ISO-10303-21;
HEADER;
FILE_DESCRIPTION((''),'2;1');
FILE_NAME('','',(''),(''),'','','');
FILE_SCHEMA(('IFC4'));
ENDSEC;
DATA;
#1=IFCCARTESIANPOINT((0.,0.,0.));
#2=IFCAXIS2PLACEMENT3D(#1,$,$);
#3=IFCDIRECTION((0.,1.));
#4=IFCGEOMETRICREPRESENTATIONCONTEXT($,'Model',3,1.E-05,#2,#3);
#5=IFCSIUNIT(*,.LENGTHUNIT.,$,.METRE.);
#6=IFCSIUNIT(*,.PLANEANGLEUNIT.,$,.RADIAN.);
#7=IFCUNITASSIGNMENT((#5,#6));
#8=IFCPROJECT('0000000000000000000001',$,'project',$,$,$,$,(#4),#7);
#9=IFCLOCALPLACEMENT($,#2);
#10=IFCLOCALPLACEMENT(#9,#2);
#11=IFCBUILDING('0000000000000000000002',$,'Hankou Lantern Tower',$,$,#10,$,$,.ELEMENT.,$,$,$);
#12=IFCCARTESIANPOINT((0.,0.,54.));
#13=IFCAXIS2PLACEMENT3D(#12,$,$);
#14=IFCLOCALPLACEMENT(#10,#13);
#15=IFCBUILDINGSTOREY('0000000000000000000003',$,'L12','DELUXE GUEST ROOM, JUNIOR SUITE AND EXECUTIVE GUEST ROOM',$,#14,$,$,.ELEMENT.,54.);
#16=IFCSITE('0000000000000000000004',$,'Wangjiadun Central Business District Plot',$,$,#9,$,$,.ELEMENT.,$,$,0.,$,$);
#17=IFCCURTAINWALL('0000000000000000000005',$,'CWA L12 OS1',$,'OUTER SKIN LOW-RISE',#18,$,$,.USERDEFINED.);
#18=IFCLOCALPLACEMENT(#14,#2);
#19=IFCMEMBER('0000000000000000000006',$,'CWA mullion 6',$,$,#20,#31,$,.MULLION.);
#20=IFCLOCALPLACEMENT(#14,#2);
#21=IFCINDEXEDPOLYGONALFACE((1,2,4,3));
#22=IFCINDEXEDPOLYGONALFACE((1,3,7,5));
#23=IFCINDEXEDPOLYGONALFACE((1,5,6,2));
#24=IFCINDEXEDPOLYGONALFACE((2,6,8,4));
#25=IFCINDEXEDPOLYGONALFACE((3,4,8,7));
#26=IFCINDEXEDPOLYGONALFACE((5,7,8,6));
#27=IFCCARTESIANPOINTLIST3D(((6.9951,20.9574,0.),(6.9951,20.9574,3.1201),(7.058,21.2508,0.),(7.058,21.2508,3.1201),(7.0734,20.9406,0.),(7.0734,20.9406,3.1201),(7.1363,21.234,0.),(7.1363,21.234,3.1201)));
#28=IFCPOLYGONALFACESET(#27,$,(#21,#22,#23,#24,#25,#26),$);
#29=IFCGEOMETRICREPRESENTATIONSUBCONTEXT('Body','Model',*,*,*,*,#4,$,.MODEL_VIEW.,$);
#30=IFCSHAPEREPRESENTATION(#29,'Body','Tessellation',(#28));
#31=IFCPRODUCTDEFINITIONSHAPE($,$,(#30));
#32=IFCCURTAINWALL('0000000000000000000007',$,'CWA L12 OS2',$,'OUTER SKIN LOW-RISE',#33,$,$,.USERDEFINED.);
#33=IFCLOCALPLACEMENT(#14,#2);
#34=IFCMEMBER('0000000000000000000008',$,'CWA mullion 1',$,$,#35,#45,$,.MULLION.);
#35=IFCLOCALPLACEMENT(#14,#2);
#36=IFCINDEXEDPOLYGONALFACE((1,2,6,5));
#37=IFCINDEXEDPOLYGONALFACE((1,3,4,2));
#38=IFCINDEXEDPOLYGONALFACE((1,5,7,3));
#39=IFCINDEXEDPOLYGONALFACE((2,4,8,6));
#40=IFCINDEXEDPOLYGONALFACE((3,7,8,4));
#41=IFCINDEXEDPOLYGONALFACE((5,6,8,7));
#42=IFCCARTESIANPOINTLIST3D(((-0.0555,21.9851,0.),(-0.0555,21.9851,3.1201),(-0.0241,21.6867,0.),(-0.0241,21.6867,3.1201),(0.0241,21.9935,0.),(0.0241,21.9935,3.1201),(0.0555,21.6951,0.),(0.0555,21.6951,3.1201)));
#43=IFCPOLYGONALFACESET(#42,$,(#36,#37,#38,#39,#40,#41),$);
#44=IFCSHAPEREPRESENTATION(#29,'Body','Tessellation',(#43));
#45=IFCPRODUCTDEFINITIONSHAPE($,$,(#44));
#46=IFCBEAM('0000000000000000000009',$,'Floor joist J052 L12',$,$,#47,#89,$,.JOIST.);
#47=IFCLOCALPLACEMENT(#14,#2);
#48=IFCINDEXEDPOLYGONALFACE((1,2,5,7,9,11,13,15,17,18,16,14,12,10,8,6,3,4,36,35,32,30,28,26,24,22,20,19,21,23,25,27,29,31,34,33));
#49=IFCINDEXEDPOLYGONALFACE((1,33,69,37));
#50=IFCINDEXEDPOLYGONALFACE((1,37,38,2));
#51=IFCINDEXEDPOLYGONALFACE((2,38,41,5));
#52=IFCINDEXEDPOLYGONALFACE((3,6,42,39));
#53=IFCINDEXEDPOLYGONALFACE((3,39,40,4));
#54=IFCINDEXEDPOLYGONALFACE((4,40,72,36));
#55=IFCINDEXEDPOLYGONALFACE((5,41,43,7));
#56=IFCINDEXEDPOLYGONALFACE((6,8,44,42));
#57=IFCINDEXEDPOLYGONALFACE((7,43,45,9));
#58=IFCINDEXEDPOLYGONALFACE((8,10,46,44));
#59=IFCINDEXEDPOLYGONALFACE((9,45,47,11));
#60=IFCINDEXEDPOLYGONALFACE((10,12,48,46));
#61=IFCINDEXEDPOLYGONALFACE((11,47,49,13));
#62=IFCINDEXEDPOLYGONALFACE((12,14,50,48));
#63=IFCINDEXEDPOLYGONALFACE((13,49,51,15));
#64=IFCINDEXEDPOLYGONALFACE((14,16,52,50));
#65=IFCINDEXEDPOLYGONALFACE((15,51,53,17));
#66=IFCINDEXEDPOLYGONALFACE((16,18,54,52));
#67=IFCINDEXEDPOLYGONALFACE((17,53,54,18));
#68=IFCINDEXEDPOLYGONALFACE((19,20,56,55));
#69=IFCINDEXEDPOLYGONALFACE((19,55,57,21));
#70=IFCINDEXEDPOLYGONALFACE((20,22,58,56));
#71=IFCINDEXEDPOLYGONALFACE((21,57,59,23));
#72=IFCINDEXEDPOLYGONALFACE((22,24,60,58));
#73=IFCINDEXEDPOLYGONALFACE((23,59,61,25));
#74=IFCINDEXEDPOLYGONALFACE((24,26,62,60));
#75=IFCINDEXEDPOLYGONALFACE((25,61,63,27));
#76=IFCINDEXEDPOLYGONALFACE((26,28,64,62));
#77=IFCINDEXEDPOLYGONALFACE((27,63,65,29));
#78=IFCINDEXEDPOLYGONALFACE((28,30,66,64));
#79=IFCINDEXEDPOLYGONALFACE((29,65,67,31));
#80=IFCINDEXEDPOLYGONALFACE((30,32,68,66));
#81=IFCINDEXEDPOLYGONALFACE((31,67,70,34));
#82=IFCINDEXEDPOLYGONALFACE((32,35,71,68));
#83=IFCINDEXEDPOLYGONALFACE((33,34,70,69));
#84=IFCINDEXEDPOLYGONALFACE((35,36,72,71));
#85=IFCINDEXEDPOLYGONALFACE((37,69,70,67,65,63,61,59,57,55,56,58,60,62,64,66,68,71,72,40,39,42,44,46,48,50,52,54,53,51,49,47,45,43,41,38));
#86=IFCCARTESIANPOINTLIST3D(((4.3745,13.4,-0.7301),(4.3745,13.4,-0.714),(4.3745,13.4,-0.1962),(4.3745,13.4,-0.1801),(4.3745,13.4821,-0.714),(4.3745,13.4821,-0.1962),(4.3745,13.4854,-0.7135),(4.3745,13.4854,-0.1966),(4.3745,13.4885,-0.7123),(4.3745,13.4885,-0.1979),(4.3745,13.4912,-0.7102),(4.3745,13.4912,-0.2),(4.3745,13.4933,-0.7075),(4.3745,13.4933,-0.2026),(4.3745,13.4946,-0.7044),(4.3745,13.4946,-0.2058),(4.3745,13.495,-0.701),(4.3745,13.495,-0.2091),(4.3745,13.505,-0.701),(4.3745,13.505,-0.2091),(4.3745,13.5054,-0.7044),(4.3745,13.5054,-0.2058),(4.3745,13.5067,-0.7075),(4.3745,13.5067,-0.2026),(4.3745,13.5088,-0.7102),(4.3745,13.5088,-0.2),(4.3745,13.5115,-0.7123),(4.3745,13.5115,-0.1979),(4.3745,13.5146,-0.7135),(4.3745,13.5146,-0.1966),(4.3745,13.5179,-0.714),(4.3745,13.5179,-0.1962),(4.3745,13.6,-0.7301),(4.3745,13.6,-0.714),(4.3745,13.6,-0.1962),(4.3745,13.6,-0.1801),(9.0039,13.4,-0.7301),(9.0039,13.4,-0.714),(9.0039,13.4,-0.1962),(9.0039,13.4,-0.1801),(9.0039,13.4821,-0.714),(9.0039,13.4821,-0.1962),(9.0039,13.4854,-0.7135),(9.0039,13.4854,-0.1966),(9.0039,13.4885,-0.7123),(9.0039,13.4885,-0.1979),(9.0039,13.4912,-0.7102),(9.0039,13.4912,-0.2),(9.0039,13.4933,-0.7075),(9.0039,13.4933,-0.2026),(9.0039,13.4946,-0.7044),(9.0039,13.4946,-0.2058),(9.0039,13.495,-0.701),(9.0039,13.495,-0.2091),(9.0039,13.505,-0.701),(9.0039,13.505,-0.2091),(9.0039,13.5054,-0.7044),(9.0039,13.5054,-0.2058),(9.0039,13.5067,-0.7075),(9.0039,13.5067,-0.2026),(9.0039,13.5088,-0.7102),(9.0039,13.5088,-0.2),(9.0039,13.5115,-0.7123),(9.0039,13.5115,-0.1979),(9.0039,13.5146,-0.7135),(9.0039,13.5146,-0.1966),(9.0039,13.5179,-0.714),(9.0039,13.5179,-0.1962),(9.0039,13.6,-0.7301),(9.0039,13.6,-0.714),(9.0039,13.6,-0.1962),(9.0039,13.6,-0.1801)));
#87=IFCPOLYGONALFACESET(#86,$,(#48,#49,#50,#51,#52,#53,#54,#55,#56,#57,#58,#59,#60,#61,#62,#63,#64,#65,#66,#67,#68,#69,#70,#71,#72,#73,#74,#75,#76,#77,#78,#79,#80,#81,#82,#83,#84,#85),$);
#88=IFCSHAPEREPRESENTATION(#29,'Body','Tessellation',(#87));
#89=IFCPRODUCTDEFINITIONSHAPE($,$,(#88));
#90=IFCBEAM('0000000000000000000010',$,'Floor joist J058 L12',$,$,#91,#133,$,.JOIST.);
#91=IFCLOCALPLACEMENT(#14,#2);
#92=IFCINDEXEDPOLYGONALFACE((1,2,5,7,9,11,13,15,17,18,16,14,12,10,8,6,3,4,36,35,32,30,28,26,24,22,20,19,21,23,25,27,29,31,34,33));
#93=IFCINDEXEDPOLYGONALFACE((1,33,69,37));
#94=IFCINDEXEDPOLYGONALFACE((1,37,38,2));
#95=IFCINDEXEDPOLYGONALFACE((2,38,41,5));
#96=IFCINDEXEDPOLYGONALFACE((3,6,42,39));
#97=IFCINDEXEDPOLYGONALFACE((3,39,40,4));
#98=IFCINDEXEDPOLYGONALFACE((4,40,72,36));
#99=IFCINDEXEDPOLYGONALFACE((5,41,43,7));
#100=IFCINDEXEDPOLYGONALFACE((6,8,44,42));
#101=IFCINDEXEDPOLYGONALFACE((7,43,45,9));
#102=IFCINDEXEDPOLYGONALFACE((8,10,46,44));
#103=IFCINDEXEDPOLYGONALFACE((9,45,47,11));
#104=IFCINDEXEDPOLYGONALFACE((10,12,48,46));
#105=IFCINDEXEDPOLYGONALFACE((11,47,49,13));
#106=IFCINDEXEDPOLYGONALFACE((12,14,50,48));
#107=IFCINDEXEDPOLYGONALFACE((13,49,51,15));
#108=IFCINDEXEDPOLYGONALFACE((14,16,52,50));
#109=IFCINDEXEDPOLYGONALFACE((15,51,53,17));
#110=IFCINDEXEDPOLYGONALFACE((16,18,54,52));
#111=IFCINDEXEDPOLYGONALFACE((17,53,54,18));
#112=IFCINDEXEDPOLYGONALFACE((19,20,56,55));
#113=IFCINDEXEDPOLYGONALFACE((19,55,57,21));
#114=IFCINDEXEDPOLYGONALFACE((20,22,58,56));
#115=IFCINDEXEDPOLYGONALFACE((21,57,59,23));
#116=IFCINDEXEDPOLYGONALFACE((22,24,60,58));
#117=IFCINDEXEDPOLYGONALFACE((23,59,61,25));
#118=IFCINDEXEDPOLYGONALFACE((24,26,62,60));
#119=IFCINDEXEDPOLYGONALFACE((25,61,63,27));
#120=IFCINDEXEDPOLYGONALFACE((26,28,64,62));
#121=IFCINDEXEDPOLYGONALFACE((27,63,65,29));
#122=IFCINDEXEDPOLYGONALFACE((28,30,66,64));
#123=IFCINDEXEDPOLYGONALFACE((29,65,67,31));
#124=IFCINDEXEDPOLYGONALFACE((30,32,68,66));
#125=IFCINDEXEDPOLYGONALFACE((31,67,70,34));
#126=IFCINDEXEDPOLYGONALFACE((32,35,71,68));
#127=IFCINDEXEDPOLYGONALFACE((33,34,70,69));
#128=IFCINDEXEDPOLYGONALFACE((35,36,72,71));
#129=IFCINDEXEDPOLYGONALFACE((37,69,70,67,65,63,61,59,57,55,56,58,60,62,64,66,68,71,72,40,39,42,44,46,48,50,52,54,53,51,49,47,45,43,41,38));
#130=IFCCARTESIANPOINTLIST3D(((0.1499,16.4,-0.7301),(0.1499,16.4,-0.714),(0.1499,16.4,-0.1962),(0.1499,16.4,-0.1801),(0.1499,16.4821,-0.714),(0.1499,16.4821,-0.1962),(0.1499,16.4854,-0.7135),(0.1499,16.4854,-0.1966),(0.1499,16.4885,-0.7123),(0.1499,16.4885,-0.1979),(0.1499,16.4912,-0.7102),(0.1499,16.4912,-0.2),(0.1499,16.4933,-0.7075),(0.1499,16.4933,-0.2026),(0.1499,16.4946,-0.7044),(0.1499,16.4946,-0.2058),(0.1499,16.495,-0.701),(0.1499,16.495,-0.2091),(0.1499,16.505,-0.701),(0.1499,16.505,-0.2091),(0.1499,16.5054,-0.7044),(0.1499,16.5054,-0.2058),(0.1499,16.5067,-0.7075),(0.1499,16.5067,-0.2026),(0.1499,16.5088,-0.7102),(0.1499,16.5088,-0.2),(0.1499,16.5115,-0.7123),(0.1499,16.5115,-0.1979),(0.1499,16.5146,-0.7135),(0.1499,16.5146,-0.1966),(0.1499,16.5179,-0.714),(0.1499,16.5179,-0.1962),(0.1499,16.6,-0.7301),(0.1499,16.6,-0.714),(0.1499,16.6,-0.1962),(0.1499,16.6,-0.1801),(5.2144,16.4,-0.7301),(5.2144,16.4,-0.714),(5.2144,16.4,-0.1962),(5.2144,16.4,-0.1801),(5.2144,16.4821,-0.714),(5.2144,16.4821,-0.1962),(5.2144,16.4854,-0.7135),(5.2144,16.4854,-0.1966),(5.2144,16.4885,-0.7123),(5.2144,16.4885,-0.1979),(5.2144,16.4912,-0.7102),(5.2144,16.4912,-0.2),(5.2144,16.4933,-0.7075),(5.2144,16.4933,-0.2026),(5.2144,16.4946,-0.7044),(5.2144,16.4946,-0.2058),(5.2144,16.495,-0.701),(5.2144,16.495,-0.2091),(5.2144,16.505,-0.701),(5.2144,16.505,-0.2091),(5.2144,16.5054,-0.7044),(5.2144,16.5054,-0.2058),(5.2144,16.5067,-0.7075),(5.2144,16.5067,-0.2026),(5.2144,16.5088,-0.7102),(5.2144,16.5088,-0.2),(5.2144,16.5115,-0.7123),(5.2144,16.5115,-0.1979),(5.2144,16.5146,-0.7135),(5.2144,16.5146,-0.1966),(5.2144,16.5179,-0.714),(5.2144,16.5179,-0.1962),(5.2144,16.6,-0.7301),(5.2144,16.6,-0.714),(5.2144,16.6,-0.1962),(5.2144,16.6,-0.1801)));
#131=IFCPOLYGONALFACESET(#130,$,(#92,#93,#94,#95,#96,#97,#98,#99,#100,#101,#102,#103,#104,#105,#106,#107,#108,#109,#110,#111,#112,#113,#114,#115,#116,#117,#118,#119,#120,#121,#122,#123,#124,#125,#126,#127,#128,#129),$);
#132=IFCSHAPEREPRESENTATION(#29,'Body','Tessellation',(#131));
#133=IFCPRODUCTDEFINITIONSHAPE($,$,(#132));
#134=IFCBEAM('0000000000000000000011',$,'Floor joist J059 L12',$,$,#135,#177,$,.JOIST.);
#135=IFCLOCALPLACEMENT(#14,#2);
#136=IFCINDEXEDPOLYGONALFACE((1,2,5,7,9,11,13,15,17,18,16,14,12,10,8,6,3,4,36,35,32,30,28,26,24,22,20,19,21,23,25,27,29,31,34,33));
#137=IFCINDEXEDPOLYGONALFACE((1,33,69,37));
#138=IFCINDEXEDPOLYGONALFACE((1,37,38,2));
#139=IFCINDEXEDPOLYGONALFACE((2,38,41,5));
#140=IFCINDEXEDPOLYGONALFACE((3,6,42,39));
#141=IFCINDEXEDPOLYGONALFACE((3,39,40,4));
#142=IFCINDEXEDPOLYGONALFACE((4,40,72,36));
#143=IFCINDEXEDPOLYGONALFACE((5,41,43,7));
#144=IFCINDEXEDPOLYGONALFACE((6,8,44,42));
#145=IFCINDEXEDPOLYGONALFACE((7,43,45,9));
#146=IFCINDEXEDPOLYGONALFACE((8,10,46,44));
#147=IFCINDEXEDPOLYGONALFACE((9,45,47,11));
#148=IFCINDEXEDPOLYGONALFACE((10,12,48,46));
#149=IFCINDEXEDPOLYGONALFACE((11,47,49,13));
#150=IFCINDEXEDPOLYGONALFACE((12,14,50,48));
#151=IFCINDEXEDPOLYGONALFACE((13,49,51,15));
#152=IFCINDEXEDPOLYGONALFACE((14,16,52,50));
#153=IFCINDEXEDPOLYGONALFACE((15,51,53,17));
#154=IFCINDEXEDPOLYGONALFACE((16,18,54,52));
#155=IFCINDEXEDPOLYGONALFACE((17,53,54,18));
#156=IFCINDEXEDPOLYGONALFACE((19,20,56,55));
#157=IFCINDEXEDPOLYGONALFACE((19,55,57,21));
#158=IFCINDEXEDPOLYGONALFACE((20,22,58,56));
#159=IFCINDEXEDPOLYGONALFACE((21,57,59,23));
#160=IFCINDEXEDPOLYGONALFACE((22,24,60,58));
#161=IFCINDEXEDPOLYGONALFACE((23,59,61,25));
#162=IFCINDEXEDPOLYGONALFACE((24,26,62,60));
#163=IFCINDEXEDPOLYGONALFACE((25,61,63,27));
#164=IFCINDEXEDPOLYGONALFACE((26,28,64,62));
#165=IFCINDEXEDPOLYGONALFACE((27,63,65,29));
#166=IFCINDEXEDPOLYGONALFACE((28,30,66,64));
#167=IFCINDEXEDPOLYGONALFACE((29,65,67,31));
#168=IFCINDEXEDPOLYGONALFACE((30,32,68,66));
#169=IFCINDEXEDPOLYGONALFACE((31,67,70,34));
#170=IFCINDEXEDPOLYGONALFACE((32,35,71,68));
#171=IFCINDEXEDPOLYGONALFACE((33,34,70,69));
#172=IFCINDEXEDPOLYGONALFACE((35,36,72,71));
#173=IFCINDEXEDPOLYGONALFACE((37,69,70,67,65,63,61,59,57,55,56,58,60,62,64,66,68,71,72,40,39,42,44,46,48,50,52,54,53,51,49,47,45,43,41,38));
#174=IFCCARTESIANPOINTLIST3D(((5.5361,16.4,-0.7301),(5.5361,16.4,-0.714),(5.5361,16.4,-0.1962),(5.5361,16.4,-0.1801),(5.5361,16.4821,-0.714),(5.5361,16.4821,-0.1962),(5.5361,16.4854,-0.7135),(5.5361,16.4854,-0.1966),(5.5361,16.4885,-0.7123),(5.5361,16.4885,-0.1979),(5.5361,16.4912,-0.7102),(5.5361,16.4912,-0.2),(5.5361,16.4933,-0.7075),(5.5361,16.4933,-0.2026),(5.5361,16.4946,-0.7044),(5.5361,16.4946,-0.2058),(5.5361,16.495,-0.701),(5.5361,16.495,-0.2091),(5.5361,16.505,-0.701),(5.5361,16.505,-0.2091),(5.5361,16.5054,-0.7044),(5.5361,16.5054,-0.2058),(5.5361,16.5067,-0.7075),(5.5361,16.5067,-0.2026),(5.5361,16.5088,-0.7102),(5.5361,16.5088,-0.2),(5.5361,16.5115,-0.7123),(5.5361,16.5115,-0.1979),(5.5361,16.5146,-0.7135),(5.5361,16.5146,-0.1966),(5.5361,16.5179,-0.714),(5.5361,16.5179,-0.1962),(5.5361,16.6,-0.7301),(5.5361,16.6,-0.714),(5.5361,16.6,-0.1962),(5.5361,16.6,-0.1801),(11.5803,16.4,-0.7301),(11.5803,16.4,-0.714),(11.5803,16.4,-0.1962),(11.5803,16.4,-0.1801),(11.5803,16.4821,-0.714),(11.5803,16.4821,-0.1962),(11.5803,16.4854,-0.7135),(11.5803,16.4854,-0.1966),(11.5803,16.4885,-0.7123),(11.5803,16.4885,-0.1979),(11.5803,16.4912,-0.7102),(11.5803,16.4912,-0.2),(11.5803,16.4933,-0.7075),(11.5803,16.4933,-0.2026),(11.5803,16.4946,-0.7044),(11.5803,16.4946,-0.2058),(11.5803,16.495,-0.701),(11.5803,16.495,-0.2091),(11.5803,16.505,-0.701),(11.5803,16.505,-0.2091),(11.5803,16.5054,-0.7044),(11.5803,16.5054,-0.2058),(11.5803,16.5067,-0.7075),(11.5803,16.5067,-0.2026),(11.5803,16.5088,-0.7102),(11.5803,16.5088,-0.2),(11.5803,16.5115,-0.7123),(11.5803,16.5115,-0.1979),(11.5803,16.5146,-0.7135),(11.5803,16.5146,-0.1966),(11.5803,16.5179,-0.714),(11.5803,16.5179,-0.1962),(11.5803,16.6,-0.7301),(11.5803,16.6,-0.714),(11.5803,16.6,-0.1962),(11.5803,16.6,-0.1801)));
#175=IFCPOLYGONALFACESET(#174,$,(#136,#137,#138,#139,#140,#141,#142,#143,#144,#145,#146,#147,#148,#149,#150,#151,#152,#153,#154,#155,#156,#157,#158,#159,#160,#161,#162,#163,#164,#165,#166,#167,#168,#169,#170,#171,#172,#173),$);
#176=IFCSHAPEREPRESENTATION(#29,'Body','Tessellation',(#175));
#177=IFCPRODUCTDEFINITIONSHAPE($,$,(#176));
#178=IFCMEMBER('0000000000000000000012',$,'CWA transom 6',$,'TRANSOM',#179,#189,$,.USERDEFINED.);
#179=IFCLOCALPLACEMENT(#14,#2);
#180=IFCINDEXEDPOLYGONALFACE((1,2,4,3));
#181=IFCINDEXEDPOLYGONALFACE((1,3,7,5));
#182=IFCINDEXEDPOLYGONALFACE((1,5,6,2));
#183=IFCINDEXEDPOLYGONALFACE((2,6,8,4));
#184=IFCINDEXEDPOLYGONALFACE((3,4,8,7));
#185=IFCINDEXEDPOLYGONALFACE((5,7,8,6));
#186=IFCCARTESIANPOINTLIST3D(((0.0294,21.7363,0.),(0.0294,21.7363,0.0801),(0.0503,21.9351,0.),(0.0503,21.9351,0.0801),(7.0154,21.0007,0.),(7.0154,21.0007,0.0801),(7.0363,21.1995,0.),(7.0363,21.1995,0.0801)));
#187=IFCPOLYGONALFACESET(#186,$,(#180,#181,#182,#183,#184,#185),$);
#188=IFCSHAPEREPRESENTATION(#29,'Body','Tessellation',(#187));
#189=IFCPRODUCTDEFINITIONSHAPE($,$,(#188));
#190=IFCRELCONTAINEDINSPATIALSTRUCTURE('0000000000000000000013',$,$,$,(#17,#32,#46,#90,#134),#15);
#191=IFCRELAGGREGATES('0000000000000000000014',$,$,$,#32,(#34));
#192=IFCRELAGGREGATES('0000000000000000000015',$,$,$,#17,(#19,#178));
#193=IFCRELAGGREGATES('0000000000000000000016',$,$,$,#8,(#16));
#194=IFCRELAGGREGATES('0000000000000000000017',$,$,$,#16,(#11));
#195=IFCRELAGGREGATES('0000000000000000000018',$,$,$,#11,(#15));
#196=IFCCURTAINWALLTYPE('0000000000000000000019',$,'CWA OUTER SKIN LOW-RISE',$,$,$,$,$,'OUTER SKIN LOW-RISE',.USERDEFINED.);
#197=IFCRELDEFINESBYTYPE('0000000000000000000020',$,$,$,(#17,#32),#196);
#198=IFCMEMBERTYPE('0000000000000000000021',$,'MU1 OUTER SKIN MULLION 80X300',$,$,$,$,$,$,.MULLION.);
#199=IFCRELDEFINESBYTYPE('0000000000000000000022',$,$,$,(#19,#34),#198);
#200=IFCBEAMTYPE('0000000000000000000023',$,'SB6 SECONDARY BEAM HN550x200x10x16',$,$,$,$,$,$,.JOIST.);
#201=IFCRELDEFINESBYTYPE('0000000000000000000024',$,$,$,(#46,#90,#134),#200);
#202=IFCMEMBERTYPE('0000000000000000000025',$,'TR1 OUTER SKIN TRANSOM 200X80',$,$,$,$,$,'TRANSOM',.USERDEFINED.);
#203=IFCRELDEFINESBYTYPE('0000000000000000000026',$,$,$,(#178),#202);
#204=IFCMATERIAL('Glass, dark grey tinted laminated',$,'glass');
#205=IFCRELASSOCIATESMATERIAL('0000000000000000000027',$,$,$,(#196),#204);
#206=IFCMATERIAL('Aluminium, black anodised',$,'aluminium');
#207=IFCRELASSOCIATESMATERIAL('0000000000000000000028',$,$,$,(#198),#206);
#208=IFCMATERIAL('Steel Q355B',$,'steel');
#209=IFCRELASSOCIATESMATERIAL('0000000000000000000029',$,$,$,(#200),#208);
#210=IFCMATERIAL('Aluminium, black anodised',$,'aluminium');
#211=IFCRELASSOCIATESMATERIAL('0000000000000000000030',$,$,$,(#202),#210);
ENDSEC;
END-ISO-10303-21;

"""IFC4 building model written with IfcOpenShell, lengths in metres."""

from ifc_helpers import new_model, si_unit, direction, frame, origin, origin_2d, place, context, subcontext, project, spatial, rectangle, i_section, extrude, material, material_profile, profile_set, type_object, element, aggregate, save


model = new_model("IFC4")

# Units and contexts
model_context = context("Model", 3, precision=1e-05, world=origin(), true_north=direction((0.0, 1.0)))
body_context = subcontext(model_context, "Body", "Model", "MODEL_VIEW")
ifc_project = project(units=[si_unit("LENGTHUNIT", "METRE"), si_unit("PLANEANGLEUNIT", "RADIAN")], contexts=[model_context])

# Site, building, storey
site_placement = place(None, origin())
site = spatial("IfcSite", under=ifc_project, at=site_placement, Name="Wangjiadun Central Business District Plot", CompositionType="ELEMENT", RefElevation=0.0)
building_placement = place(site_placement, origin())
building = spatial("IfcBuilding", under=site, at=building_placement, Name="Hankou Lantern Tower", CompositionType="ELEMENT")
storey_placement = place(building_placement, frame((0.0, 0.0, 54.0)))
storey = spatial("IfcBuildingStorey", under=building, at=storey_placement, Name="L12", Description="DELUXE GUEST ROOM, JUNIOR SUITE AND EXECUTIVE GUEST ROOM", CompositionType="ELEMENT", Elevation=54.0)

# Curtain walls, members
ifc_material_1 = material(Name="Glass, dark grey tinted laminated", Category="glass")
curtain_wall_type = type_object("IfcCurtainWallType", Name="CWA OUTER SKIN LOW-RISE", ElementType="OUTER SKIN LOW-RISE", PredefinedType="USERDEFINED", material=ifc_material_1)
curtain_wall_1_placement = place(storey_placement, origin())
curtain_wall_1 = element("IfcCurtainWall", 1, at=curtain_wall_1_placement, inside=storey, type_object=curtain_wall_type, Name="CWA L12 OS1", ObjectType="OUTER SKIN LOW-RISE", PredefinedType="USERDEFINED")
ifc_material_2 = material(Name="Aluminium, black anodised", Category="aluminium")
ifc_material_profile_1 = material_profile(ifc_material_2, rectangle(XDim=0.0801, YDim=0.3, at=origin_2d()), Name="MU1 80X300")
ifc_profile_set_1 = profile_set([ifc_material_profile_1], Name="Aluminium, black anodised")
member_type_1 = type_object("IfcMemberType", Name="MU1 OUTER SKIN MULLION 80X300", PredefinedType="MULLION", material=ifc_profile_set_1)
member_1_placement = place(storey_placement, frame((7.0657, 21.0957, 0.0), z_axis=(0.0, 0.0, 1.0), x_axis=(-0.977788, 0.209598, 0.0)))
member_1 = element("IfcMember", 2, at=member_1_placement, type_object=member_type_1, Name="CWA mullion 6", PredefinedType="MULLION", context=body_context, shape_type="SweptSolid", body=[
    extrude(rectangle(XDim=0.0801, YDim=0.3, at=origin_2d()), origin(), (0.0, 0.0, 1.0), 3.1201),
])
curtain_wall_2_placement = place(storey_placement, origin())
curtain_wall_2 = element("IfcCurtainWall", 3, at=curtain_wall_2_placement, inside=storey, type_object=curtain_wall_type, Name="CWA L12 OS2", ObjectType="OUTER SKIN LOW-RISE", PredefinedType="USERDEFINED")
member_2_placement = place(storey_placement, frame((0.0, 21.8401, 0.0), z_axis=(0.0, 0.0, 1.0), x_axis=(-0.994499, -0.104743, 0.0)))
member_2 = element("IfcMember", 4, at=member_2_placement, type_object=member_type_1, Name="CWA mullion 1", PredefinedType="MULLION", context=body_context, shape_type="SweptSolid", body=[
    extrude(rectangle(XDim=0.0801, YDim=0.3, at=origin_2d()), origin(), (0.0, 0.0, 1.0), 3.1201),
])

# Beams
ifc_material_3 = material(Name="Steel Q355B", Category="steel")
ifc_material_profile_2 = material_profile(ifc_material_3, i_section(OverallWidth=0.2, OverallDepth=0.55, WebThickness=0.01, FlangeThickness=0.0161, FilletRadius=0.0129, at=origin_2d()), Name="HN550x200x10x16")
ifc_profile_set_2 = profile_set([ifc_material_profile_2], Name="Steel Q355B")
beam_type_1 = type_object("IfcBeamType", Name="SB6 SECONDARY BEAM HN550x200x10x16", PredefinedType="JOIST", material=ifc_profile_set_2)
beam_1_placement = place(storey_placement, frame((4.3745, 13.5, -0.4551), z_axis=(1.0, 0.0, 0.0), x_axis=(0.0, 1.0, 0.0)))
element("IfcBeam", 5, at=beam_1_placement, inside=storey, type_object=beam_type_1, Name="Floor joist J052 L12", PredefinedType="JOIST", context=body_context, shape_type="SweptSolid", body=[
    extrude(i_section(OverallWidth=0.2, OverallDepth=0.55, WebThickness=0.01, FlangeThickness=0.0161, FilletRadius=0.0129, at=origin_2d()), origin(), (0.0, 0.0, 1.0), 4.6294),
])
beam_2_placement = place(storey_placement, frame((0.1499, 16.5, -0.4551), z_axis=(1.0, 0.0, 0.0), x_axis=(0.0, 1.0, 0.0)))
element("IfcBeam", 6, at=beam_2_placement, inside=storey, type_object=beam_type_1, Name="Floor joist J058 L12", PredefinedType="JOIST", context=body_context, shape_type="SweptSolid", body=[
    extrude(i_section(OverallWidth=0.2, OverallDepth=0.55, WebThickness=0.01, FlangeThickness=0.0161, FilletRadius=0.0129, at=origin_2d()), origin(), (0.0, 0.0, 1.0), 5.0645),
])
beam_3_placement = place(storey_placement, frame((5.5361, 16.5, -0.4551), z_axis=(1.0, 0.0, 0.0), x_axis=(0.0, 1.0, 0.0)))
element("IfcBeam", 7, at=beam_3_placement, inside=storey, type_object=beam_type_1, Name="Floor joist J059 L12", PredefinedType="JOIST", context=body_context, shape_type="SweptSolid", body=[
    extrude(i_section(OverallWidth=0.2, OverallDepth=0.55, WebThickness=0.01, FlangeThickness=0.0161, FilletRadius=0.0129, at=origin_2d()), origin(), (0.0, 0.0, 1.0), 6.0442),
])

# Member
ifc_material_4 = material(Name="Aluminium, black anodised", Category="aluminium")
ifc_material_profile_3 = material_profile(ifc_material_4, rectangle(XDim=0.2, YDim=0.0801, at=origin_2d()), Name="TR1 200X80")
ifc_profile_set_3 = profile_set([ifc_material_profile_3], Name="Aluminium, black anodised")
member_type_2 = type_object("IfcMemberType", Name="TR1 OUTER SKIN TRANSOM 200X80", ElementType="TRANSOM", PredefinedType="USERDEFINED", material=ifc_profile_set_3)
member_3_placement = place(storey_placement, frame((7.0259, 21.1001, 0.04), z_axis=(-0.994502, 0.104716, 0.0), x_axis=(-0.104716, -0.994502, 0.0)))
member_3 = element("IfcMember", 8, at=member_3_placement, type_object=member_type_2, Name="CWA transom 6", ObjectType="TRANSOM", PredefinedType="USERDEFINED", context=body_context, shape_type="SweptSolid", body=[
    extrude(rectangle(XDim=0.2, YDim=0.0801, at=origin_2d()), origin(), (0.0, 0.0, 1.0), 7.0247),
])
aggregate(curtain_wall_2, [member_2])

aggregate(curtain_wall_1, [member_1, member_3])

save(model, "model.ifc")
